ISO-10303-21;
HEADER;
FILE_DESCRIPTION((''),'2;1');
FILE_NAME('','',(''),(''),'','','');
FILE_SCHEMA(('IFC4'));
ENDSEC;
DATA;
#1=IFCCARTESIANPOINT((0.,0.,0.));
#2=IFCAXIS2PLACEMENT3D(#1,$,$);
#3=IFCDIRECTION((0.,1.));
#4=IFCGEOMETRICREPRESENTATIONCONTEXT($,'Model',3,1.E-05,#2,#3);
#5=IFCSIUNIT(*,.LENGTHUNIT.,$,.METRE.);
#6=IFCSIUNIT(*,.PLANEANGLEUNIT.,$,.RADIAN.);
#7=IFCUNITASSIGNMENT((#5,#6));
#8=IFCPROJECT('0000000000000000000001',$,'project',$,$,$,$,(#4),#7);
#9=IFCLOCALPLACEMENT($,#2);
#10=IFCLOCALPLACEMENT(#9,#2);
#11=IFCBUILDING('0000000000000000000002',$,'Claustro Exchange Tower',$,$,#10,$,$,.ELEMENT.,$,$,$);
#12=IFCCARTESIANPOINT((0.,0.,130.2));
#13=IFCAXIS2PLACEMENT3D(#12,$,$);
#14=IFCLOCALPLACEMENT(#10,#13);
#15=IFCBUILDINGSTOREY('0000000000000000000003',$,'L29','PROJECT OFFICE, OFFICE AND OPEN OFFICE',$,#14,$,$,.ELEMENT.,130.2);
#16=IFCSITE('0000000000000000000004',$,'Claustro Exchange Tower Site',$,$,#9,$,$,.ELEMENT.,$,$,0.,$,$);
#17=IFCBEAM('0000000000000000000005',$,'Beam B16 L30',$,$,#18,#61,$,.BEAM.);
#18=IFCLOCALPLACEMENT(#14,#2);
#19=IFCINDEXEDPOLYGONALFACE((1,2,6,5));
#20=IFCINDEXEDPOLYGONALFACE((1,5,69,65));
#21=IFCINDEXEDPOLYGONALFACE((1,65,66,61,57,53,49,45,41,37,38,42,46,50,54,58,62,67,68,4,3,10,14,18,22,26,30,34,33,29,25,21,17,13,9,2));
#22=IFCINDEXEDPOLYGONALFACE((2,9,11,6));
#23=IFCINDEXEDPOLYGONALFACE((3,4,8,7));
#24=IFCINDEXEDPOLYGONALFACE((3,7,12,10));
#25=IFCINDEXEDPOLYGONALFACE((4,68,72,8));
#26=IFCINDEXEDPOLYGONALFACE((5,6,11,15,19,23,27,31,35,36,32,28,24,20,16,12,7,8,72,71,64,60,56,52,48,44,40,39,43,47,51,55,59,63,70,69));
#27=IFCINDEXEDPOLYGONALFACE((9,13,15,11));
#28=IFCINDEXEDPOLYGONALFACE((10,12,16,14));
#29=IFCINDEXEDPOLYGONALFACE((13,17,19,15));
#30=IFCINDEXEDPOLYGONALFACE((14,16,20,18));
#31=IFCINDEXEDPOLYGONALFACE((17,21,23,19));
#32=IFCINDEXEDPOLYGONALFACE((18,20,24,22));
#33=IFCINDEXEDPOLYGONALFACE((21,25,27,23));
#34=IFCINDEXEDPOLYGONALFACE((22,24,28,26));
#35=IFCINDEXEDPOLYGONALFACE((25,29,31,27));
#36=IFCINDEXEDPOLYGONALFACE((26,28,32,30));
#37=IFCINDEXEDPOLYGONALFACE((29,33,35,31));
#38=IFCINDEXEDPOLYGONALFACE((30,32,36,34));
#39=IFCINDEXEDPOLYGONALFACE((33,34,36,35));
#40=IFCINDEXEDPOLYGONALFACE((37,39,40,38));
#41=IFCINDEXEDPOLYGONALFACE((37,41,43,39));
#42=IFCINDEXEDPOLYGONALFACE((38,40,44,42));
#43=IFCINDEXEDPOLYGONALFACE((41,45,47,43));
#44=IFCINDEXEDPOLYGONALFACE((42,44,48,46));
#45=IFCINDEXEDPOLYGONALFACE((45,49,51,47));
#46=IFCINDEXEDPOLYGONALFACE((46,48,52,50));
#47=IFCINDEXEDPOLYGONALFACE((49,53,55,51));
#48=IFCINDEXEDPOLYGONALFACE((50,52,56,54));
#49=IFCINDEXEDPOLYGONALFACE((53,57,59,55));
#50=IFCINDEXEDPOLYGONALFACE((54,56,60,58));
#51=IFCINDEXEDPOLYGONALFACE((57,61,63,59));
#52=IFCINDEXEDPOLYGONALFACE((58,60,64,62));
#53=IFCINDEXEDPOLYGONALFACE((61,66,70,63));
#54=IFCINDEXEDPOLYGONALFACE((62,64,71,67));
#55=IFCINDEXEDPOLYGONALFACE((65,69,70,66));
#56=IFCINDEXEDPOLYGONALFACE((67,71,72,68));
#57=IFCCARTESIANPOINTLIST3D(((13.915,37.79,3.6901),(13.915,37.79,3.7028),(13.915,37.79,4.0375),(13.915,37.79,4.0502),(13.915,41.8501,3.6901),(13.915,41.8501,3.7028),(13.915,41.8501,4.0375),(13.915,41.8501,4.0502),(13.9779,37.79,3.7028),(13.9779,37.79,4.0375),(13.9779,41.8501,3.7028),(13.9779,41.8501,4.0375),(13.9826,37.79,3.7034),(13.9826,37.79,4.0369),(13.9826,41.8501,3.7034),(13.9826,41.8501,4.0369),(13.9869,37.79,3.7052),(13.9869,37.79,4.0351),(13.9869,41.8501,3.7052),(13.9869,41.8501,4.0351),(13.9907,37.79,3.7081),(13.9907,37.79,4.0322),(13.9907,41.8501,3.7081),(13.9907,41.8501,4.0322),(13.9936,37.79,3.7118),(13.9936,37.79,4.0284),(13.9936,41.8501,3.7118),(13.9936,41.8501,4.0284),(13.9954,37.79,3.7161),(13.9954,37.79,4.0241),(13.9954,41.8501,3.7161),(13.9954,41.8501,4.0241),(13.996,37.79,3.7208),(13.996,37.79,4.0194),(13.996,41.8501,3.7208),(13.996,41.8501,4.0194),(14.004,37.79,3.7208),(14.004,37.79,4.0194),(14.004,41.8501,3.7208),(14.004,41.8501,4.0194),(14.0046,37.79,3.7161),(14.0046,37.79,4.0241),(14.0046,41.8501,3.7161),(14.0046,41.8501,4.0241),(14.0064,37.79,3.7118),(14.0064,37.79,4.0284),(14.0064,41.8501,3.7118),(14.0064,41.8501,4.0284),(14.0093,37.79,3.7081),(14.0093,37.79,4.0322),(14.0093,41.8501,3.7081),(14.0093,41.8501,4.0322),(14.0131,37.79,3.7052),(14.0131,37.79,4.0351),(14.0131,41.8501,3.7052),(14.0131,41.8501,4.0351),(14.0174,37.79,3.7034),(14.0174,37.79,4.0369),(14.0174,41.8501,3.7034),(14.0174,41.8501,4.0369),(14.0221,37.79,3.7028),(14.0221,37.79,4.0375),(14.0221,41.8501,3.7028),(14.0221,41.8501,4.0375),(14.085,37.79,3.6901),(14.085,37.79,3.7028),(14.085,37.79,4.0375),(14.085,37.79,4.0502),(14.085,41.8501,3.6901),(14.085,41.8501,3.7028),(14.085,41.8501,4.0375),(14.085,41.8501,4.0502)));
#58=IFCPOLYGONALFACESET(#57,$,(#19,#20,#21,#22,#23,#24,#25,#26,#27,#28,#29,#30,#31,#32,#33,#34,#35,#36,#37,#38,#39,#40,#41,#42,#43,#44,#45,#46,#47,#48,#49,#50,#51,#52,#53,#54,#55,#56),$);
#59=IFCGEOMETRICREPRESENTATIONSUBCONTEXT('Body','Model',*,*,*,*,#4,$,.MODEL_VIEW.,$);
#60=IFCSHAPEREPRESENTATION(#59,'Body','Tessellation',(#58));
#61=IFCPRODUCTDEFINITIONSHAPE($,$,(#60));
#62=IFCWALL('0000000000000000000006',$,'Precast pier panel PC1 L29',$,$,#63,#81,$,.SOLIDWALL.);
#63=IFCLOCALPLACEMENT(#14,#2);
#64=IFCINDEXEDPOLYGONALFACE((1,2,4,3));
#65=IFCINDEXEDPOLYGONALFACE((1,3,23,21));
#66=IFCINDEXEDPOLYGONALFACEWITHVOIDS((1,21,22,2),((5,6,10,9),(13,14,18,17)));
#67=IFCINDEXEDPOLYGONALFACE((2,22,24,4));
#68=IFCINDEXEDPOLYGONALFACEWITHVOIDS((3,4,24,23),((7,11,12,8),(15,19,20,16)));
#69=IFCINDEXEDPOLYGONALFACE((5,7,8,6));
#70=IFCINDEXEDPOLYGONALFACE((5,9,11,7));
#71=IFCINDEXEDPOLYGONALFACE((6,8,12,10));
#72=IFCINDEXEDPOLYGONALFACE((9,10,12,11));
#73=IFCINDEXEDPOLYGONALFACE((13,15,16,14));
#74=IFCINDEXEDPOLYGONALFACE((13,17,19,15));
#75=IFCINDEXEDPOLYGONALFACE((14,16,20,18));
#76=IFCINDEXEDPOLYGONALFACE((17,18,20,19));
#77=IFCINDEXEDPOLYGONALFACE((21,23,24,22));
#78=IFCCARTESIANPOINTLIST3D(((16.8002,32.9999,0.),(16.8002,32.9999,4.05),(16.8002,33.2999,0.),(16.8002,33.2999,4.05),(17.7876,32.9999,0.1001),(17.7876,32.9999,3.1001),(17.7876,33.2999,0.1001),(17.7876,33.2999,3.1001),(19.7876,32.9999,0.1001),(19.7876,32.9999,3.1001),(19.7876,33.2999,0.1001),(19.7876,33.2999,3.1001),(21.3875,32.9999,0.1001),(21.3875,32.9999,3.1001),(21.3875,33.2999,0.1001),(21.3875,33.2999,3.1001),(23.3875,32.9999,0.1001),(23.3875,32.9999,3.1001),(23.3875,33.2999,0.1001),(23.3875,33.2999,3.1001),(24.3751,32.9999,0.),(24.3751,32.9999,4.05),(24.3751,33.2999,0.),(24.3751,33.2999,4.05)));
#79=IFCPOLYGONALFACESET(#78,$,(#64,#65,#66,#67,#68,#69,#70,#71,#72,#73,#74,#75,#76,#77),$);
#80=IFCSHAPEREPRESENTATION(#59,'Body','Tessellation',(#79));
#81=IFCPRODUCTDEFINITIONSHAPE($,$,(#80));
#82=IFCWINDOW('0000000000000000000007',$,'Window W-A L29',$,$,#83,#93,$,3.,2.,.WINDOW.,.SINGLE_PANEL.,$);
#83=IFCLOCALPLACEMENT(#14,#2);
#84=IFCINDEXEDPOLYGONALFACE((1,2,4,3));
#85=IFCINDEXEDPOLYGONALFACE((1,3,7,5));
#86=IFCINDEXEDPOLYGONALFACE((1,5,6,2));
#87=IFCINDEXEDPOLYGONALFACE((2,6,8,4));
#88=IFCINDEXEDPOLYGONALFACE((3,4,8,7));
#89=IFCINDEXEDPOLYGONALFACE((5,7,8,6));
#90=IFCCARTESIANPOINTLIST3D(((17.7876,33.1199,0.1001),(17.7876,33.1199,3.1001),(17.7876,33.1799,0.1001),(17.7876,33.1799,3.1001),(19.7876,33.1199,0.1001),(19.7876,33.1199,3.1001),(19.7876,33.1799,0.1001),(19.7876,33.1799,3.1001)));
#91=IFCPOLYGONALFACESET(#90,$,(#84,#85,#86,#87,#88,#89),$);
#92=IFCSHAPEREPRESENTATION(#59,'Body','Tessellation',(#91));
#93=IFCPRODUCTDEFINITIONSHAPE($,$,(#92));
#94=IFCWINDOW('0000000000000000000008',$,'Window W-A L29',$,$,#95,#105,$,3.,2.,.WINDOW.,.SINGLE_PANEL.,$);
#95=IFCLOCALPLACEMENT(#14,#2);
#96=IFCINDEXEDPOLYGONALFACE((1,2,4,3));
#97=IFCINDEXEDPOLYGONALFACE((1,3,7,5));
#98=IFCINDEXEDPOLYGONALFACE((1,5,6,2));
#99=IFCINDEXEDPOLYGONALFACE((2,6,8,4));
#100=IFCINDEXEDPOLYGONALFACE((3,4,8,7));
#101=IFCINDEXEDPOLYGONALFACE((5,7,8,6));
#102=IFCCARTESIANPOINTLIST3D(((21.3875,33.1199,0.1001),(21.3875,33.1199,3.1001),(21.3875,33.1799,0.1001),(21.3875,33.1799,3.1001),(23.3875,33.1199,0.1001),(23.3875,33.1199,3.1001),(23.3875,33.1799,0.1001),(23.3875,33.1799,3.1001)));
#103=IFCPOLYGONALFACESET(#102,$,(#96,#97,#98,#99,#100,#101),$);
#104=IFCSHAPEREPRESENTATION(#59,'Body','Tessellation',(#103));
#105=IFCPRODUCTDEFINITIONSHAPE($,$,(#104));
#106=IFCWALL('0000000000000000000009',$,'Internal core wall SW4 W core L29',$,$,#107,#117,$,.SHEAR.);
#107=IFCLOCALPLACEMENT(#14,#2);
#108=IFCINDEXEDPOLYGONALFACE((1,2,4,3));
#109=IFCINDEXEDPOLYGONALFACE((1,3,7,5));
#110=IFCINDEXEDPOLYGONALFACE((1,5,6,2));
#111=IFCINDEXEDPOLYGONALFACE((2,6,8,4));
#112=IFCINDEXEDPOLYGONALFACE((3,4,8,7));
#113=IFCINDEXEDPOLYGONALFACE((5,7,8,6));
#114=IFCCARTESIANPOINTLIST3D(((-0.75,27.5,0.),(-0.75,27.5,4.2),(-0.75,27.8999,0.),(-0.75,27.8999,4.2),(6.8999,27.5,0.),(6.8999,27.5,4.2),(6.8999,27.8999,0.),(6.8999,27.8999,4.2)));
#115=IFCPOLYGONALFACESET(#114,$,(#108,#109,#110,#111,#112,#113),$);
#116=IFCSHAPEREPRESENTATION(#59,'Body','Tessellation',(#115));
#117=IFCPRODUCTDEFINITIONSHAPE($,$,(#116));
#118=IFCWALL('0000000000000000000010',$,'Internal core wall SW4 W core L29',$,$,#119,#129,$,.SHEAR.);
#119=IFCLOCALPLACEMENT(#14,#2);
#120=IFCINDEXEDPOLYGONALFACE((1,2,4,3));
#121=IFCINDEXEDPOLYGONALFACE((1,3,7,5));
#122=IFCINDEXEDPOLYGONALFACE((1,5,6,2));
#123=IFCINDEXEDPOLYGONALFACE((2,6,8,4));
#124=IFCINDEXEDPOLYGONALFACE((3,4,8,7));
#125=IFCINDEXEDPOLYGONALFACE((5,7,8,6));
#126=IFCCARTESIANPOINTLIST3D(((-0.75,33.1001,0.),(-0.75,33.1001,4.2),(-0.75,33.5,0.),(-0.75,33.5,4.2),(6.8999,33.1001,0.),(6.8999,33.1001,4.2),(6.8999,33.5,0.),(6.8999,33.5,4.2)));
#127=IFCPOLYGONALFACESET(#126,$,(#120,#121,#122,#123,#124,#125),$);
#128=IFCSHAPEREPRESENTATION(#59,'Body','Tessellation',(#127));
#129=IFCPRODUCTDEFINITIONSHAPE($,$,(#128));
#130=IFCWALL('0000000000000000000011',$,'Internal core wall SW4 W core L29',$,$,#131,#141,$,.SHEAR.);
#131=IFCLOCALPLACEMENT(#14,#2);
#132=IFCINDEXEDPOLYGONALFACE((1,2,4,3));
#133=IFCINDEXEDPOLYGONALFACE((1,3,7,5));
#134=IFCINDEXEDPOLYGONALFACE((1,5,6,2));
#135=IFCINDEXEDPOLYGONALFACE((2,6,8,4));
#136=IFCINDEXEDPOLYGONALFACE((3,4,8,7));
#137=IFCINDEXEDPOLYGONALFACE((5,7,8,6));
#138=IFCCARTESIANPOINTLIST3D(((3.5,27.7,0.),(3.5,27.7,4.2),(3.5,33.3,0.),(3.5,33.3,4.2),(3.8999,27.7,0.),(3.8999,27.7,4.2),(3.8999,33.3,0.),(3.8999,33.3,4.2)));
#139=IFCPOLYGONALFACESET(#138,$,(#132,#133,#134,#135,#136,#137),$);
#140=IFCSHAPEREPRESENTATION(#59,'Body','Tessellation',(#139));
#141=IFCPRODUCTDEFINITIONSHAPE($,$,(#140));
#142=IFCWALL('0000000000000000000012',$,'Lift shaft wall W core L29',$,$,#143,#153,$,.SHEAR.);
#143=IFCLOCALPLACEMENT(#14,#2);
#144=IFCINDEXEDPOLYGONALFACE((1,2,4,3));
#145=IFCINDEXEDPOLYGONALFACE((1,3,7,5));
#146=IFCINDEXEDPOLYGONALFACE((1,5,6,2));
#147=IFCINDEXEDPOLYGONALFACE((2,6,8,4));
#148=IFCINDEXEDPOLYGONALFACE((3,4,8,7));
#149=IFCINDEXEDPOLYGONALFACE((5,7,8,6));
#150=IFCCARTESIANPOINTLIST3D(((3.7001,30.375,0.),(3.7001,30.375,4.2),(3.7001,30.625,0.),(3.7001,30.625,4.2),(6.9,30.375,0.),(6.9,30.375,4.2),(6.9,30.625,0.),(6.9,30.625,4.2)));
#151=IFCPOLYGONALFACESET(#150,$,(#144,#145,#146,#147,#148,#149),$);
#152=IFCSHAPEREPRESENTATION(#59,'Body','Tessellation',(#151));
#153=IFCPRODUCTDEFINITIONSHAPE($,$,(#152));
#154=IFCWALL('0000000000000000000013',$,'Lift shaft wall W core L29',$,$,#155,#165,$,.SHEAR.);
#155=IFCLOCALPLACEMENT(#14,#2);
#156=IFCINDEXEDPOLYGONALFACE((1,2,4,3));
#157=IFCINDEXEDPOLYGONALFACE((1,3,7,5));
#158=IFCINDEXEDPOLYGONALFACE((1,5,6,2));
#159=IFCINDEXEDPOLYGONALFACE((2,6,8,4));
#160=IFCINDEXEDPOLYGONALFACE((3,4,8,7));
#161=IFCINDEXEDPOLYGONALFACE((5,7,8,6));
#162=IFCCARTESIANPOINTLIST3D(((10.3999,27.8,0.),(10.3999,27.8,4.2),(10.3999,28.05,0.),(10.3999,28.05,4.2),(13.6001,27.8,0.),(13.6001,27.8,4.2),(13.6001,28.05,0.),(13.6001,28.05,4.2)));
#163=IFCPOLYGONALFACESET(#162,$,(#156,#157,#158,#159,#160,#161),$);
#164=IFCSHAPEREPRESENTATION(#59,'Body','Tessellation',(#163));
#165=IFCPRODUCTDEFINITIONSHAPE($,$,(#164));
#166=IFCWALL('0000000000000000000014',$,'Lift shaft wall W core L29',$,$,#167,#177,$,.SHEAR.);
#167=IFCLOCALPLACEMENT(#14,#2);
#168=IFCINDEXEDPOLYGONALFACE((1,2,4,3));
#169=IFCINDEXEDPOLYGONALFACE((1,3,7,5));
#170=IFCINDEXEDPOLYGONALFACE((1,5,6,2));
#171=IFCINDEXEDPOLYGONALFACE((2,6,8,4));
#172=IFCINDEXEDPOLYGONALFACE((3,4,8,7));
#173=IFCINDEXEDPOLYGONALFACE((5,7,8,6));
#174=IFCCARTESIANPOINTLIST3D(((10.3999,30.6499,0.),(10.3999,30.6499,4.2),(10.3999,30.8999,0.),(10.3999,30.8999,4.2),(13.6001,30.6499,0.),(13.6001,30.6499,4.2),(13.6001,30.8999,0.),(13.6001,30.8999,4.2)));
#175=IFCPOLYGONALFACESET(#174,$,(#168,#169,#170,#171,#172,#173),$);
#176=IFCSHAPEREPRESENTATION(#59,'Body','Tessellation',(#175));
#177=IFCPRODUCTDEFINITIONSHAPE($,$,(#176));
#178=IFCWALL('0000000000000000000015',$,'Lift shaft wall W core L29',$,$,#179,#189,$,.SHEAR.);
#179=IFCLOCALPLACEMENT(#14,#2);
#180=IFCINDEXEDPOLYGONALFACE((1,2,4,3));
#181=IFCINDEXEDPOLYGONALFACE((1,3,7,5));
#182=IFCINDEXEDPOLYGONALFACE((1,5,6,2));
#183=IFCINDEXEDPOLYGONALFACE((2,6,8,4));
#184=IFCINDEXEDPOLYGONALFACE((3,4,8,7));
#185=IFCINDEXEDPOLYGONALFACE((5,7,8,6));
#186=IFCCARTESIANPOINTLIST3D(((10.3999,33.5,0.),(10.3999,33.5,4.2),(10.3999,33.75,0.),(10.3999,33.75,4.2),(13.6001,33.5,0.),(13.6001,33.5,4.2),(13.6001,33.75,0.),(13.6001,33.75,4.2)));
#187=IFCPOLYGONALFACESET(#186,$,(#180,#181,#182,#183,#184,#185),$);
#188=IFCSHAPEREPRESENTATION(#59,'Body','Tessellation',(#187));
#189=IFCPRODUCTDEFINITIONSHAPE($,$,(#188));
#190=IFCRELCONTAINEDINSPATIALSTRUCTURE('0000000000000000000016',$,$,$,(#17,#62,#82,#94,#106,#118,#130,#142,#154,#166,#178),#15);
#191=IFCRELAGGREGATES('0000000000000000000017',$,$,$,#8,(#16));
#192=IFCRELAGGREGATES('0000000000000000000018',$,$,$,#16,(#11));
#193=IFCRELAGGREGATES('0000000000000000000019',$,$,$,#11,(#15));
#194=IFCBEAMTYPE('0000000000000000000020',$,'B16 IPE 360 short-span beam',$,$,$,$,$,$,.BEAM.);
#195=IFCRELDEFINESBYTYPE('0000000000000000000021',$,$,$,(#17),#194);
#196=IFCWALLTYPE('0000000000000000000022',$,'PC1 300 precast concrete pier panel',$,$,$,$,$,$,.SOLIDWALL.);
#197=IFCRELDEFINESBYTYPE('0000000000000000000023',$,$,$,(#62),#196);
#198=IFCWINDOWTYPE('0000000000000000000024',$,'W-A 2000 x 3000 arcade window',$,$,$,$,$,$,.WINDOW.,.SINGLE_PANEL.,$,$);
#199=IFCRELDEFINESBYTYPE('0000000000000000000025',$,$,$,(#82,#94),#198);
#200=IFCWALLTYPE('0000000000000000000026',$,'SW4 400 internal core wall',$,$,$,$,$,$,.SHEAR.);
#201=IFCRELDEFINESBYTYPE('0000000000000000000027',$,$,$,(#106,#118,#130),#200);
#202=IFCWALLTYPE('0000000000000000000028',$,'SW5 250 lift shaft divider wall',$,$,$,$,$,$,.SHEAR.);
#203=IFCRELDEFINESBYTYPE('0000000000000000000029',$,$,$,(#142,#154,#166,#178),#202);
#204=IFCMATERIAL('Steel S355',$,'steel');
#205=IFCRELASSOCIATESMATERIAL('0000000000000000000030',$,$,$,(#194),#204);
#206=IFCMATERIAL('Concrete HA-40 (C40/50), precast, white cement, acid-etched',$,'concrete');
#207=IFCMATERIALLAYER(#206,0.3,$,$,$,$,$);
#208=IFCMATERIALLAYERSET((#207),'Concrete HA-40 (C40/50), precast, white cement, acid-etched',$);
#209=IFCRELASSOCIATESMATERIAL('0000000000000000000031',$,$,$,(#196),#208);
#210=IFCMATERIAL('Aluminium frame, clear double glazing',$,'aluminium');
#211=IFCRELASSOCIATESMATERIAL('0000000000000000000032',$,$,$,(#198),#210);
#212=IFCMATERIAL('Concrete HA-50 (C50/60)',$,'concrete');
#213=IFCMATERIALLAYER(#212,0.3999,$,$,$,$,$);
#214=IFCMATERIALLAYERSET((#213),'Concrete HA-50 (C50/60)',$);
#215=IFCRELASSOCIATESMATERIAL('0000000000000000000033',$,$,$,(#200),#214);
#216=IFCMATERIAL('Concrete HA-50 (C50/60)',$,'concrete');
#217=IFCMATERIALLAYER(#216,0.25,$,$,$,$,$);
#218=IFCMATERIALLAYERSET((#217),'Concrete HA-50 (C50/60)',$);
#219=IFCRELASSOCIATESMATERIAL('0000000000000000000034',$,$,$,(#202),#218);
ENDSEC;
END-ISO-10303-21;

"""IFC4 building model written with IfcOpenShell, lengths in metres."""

from ifc_helpers import new_model, si_unit, direction, frame, frame_2d, origin, origin_2d, place, context, subcontext, project, spatial, rectangle, i_section, extrude, material, layer, layer_set, material_profile, profile_set, type_object, element, fill, save


model = new_model("IFC4")

# Units and contexts
model_context = context("Model", 3, precision=1e-05, world=origin(), true_north=direction((0.0, 1.0)))
body_context = subcontext(model_context, "Body", "Model", "MODEL_VIEW")
ifc_project = project(units=[si_unit("LENGTHUNIT", "METRE"), si_unit("PLANEANGLEUNIT", "RADIAN")], contexts=[model_context])

# Site, building, storey
site_placement = place(None, origin())
site = spatial("IfcSite", under=ifc_project, at=site_placement, Name="Claustro Exchange Tower Site", CompositionType="ELEMENT", RefElevation=0.0)
building_placement = place(site_placement, origin())
building = spatial("IfcBuilding", under=site, at=building_placement, Name="Claustro Exchange Tower", CompositionType="ELEMENT")
storey_placement = place(building_placement, frame((0.0, 0.0, 130.2)))
storey = spatial("IfcBuildingStorey", under=building, at=storey_placement, Name="L29", Description="PROJECT OFFICE, OFFICE AND OPEN OFFICE", CompositionType="ELEMENT", Elevation=130.2)

# Beam
ifc_material_1 = material(Name="Steel S355", Category="steel")
ifc_material_profile_1 = material_profile(ifc_material_1, i_section(OverallWidth=0.1699, OverallDepth=0.3601, WebThickness=0.0081, FlangeThickness=0.0127, FilletRadius=0.0181, at=origin_2d()), Name="IPE 360")
ifc_profile_set_1 = profile_set([ifc_material_profile_1], Name="Steel S355")
beam_type_1 = type_object("IfcBeamType", Name="B16 IPE 360 short-span beam", PredefinedType="BEAM", material=ifc_profile_set_1)
for number, where, z_axis, x_axis, name in (
    (1, (14.0, 37.79, 3.8701), (0.0, 1.0, 0.0), (-1.0, 0.0, 0.0), "Beam B16 L30"),
):
    element("IfcBeam", number, at=place(storey_placement, frame(where, z_axis=z_axis, x_axis=x_axis)), inside=storey, type_object=beam_type_1, Name=name, PredefinedType="BEAM", context=body_context, shape_type="SweptSolid", body=[
        extrude(i_section(OverallWidth=0.1699, OverallDepth=0.3601, WebThickness=0.0081, FlangeThickness=0.0127, FilletRadius=0.0181, at=origin_2d()), origin(), (0.0, 0.0, 1.0), 4.0601),
    ])

# Wall, openings, windows
ifc_material_2 = material(Name="Concrete HA-40 (C40/50), precast, white cement, acid-etched", Category="concrete")
ifc_layer_1 = layer(ifc_material_2, 0.3)
ifc_layer_set_1 = layer_set([ifc_layer_1], Name="Concrete HA-40 (C40/50), precast, white cement, acid-etched")
wall_type_1 = type_object("IfcWallType", Name="PC1 300 precast concrete pier panel", PredefinedType="SOLIDWALL", material=ifc_layer_set_1)
wall_1_placement = place(storey_placement, frame((16.8, 33.1499, 0.0), z_axis=(0.0, 0.0, 1.0), x_axis=(1.0, 0.0, 0.0)))
wall_1 = element("IfcWall", 2, at=wall_1_placement, inside=storey, type_object=wall_type_1, Name="Precast pier panel PC1 L29", PredefinedType="SOLIDWALL", context=body_context, shape_type="SweptSolid", body=[
    extrude(rectangle(XDim=7.575, YDim=0.3, at=frame_2d((3.7876, 0.0))), origin(), (0.0, 0.0, 1.0), 4.05),
])
opening_1_placement = place(wall_1_placement, frame((0.9875, 0.0, 0.1001)))
opening_1 = element("IfcOpeningElement", 3, at=opening_1_placement, cuts=wall_1, PredefinedType="OPENING", context=body_context, shape_type="SweptSolid", body=[
    extrude(rectangle(XDim=2.0, YDim=3.0, at=frame_2d((1.0, 1.5))), frame((0.0, 0.1599, 0.0), z_axis=(0.0, -1.0, 0.0), x_axis=(1.0, 0.0, 0.0)), (0.0, 0.0, 1.0), 0.3201),
])
opening_2_placement = place(wall_1_placement, frame((4.5874, 0.0, 0.1001)))
opening_2 = element("IfcOpeningElement", 4, at=opening_2_placement, cuts=wall_1, PredefinedType="OPENING", context=body_context, shape_type="SweptSolid", body=[
    extrude(rectangle(XDim=2.0, YDim=3.0, at=frame_2d((1.0, 1.5))), frame((0.0, 0.1599, 0.0), z_axis=(0.0, -1.0, 0.0), x_axis=(1.0, 0.0, 0.0)), (0.0, 0.0, 1.0), 0.3201),
])
ifc_material_3 = material(Name="Aluminium frame, clear double glazing", Category="aluminium")
window_type = type_object("IfcWindowType", Name="W-A 2000 x 3000 arcade window", PartitioningType="SINGLE_PANEL", PredefinedType="WINDOW", material=ifc_material_3)
window_1_placement = place(opening_1_placement, origin())
window_1 = element("IfcWindow", 5, at=window_1_placement, inside=storey, type_object=window_type, Name="Window W-A L29", OverallHeight=3.0, OverallWidth=2.0, PartitioningType="SINGLE_PANEL", PredefinedType="WINDOW", context=body_context, shape_type="SweptSolid", body=[
    extrude(rectangle(XDim=2.0, YDim=3.0, at=frame_2d((1.0, 1.5))), frame((0.0, 0.03, 0.0), z_axis=(0.0, -1.0, 0.0), x_axis=(1.0, 0.0, 0.0)), (0.0, 0.0, 1.0), 0.0601),
])
fill(opening_1, window_1)
window_2_placement = place(opening_2_placement, origin())
window_2 = element("IfcWindow", 6, at=window_2_placement, inside=storey, type_object=window_type, Name="Window W-A L29", OverallHeight=3.0, OverallWidth=2.0, PartitioningType="SINGLE_PANEL", PredefinedType="WINDOW", context=body_context, shape_type="SweptSolid", body=[
    extrude(rectangle(XDim=2.0, YDim=3.0, at=frame_2d((1.0, 1.5))), frame((0.0, 0.03, 0.0), z_axis=(0.0, -1.0, 0.0), x_axis=(1.0, 0.0, 0.0)), (0.0, 0.0, 1.0), 0.0601),
])
fill(opening_2, window_2)

# Walls
ifc_material_4 = material(Name="Concrete HA-50 (C50/60)", Category="concrete")
ifc_layer_2 = layer(ifc_material_4, 0.3999)
ifc_layer_set_2 = layer_set([ifc_layer_2], Name="Concrete HA-50 (C50/60)")
wall_type_2 = type_object("IfcWallType", Name="SW4 400 internal core wall", PredefinedType="SHEAR", material=ifc_layer_set_2)
for number, where, z_axis, x_axis, name in (
    (7, (-0.75, 27.7, 0.0), (0.0, 0.0, 1.0), (1.0, 0.0, 0.0), "Internal core wall SW4 W core L29"),
    (8, (-0.75, 33.3, 0.0), (0.0, 0.0, 1.0), (1.0, 0.0, 0.0), "Internal core wall SW4 W core L29"),
):
    element("IfcWall", number, at=place(storey_placement, frame(where, z_axis=z_axis, x_axis=x_axis)), inside=storey, type_object=wall_type_2, Name=name, PredefinedType="SHEAR", context=body_context, shape_type="SweptSolid", body=[
        extrude(rectangle(XDim=7.6499, YDim=0.3999, at=frame_2d((3.825, 0.0))), origin(), (0.0, 0.0, 1.0), 4.2),
    ])
wall_2_placement = place(storey_placement, frame((3.7, 27.7, 0.0), z_axis=(0.0, 0.0, 1.0), x_axis=(0.0, 1.0, 0.0)))
element("IfcWall", 9, at=wall_2_placement, inside=storey, type_object=wall_type_2, Name="Internal core wall SW4 W core L29", PredefinedType="SHEAR", context=body_context, shape_type="SweptSolid", body=[
    extrude(rectangle(XDim=5.6001, YDim=0.3999, at=frame_2d((2.8, 0.0))), origin(), (0.0, 0.0, 1.0), 4.2),
])
ifc_material_5 = material(Name="Concrete HA-50 (C50/60)", Category="concrete")
ifc_layer_3 = layer(ifc_material_5, 0.25)
ifc_layer_set_3 = layer_set([ifc_layer_3], Name="Concrete HA-50 (C50/60)")
wall_type_3 = type_object("IfcWallType", Name="SW5 250 lift shaft divider wall", PredefinedType="SHEAR", material=ifc_layer_set_3)
wall_3_placement = place(storey_placement, frame((3.7, 30.5, 0.0), z_axis=(0.0, 0.0, 1.0), x_axis=(1.0, 0.0, 0.0)))
element("IfcWall", 10, at=wall_3_placement, inside=storey, type_object=wall_type_3, Name="Lift shaft wall W core L29", PredefinedType="SHEAR", context=body_context, shape_type="SweptSolid", body=[
    extrude(rectangle(XDim=3.2, YDim=0.25, at=frame_2d((1.6001, 0.0))), origin(), (0.0, 0.0, 1.0), 4.2),
])
for number, where, z_axis, x_axis, name in (
    (11, (10.3999, 27.925, 0.0), (0.0, 0.0, 1.0), (1.0, 0.0, 0.0), "Lift shaft wall W core L29"),
    (12, (10.3999, 30.7749, 0.0), (0.0, 0.0, 1.0), (1.0, 0.0, 0.0), "Lift shaft wall W core L29"),
    (13, (10.3999, 33.625, 0.0), (0.0, 0.0, 1.0), (1.0, 0.0, 0.0), "Lift shaft wall W core L29"),
):
    element("IfcWall", number, at=place(storey_placement, frame(where, z_axis=z_axis, x_axis=x_axis)), inside=storey, type_object=wall_type_3, Name=name, PredefinedType="SHEAR", context=body_context, shape_type="SweptSolid", body=[
        extrude(rectangle(XDim=3.2002, YDim=0.25, at=frame_2d((1.6001, 0.0))), origin(), (0.0, 0.0, 1.0), 4.2),
    ])

save(model, "model.ifc")
